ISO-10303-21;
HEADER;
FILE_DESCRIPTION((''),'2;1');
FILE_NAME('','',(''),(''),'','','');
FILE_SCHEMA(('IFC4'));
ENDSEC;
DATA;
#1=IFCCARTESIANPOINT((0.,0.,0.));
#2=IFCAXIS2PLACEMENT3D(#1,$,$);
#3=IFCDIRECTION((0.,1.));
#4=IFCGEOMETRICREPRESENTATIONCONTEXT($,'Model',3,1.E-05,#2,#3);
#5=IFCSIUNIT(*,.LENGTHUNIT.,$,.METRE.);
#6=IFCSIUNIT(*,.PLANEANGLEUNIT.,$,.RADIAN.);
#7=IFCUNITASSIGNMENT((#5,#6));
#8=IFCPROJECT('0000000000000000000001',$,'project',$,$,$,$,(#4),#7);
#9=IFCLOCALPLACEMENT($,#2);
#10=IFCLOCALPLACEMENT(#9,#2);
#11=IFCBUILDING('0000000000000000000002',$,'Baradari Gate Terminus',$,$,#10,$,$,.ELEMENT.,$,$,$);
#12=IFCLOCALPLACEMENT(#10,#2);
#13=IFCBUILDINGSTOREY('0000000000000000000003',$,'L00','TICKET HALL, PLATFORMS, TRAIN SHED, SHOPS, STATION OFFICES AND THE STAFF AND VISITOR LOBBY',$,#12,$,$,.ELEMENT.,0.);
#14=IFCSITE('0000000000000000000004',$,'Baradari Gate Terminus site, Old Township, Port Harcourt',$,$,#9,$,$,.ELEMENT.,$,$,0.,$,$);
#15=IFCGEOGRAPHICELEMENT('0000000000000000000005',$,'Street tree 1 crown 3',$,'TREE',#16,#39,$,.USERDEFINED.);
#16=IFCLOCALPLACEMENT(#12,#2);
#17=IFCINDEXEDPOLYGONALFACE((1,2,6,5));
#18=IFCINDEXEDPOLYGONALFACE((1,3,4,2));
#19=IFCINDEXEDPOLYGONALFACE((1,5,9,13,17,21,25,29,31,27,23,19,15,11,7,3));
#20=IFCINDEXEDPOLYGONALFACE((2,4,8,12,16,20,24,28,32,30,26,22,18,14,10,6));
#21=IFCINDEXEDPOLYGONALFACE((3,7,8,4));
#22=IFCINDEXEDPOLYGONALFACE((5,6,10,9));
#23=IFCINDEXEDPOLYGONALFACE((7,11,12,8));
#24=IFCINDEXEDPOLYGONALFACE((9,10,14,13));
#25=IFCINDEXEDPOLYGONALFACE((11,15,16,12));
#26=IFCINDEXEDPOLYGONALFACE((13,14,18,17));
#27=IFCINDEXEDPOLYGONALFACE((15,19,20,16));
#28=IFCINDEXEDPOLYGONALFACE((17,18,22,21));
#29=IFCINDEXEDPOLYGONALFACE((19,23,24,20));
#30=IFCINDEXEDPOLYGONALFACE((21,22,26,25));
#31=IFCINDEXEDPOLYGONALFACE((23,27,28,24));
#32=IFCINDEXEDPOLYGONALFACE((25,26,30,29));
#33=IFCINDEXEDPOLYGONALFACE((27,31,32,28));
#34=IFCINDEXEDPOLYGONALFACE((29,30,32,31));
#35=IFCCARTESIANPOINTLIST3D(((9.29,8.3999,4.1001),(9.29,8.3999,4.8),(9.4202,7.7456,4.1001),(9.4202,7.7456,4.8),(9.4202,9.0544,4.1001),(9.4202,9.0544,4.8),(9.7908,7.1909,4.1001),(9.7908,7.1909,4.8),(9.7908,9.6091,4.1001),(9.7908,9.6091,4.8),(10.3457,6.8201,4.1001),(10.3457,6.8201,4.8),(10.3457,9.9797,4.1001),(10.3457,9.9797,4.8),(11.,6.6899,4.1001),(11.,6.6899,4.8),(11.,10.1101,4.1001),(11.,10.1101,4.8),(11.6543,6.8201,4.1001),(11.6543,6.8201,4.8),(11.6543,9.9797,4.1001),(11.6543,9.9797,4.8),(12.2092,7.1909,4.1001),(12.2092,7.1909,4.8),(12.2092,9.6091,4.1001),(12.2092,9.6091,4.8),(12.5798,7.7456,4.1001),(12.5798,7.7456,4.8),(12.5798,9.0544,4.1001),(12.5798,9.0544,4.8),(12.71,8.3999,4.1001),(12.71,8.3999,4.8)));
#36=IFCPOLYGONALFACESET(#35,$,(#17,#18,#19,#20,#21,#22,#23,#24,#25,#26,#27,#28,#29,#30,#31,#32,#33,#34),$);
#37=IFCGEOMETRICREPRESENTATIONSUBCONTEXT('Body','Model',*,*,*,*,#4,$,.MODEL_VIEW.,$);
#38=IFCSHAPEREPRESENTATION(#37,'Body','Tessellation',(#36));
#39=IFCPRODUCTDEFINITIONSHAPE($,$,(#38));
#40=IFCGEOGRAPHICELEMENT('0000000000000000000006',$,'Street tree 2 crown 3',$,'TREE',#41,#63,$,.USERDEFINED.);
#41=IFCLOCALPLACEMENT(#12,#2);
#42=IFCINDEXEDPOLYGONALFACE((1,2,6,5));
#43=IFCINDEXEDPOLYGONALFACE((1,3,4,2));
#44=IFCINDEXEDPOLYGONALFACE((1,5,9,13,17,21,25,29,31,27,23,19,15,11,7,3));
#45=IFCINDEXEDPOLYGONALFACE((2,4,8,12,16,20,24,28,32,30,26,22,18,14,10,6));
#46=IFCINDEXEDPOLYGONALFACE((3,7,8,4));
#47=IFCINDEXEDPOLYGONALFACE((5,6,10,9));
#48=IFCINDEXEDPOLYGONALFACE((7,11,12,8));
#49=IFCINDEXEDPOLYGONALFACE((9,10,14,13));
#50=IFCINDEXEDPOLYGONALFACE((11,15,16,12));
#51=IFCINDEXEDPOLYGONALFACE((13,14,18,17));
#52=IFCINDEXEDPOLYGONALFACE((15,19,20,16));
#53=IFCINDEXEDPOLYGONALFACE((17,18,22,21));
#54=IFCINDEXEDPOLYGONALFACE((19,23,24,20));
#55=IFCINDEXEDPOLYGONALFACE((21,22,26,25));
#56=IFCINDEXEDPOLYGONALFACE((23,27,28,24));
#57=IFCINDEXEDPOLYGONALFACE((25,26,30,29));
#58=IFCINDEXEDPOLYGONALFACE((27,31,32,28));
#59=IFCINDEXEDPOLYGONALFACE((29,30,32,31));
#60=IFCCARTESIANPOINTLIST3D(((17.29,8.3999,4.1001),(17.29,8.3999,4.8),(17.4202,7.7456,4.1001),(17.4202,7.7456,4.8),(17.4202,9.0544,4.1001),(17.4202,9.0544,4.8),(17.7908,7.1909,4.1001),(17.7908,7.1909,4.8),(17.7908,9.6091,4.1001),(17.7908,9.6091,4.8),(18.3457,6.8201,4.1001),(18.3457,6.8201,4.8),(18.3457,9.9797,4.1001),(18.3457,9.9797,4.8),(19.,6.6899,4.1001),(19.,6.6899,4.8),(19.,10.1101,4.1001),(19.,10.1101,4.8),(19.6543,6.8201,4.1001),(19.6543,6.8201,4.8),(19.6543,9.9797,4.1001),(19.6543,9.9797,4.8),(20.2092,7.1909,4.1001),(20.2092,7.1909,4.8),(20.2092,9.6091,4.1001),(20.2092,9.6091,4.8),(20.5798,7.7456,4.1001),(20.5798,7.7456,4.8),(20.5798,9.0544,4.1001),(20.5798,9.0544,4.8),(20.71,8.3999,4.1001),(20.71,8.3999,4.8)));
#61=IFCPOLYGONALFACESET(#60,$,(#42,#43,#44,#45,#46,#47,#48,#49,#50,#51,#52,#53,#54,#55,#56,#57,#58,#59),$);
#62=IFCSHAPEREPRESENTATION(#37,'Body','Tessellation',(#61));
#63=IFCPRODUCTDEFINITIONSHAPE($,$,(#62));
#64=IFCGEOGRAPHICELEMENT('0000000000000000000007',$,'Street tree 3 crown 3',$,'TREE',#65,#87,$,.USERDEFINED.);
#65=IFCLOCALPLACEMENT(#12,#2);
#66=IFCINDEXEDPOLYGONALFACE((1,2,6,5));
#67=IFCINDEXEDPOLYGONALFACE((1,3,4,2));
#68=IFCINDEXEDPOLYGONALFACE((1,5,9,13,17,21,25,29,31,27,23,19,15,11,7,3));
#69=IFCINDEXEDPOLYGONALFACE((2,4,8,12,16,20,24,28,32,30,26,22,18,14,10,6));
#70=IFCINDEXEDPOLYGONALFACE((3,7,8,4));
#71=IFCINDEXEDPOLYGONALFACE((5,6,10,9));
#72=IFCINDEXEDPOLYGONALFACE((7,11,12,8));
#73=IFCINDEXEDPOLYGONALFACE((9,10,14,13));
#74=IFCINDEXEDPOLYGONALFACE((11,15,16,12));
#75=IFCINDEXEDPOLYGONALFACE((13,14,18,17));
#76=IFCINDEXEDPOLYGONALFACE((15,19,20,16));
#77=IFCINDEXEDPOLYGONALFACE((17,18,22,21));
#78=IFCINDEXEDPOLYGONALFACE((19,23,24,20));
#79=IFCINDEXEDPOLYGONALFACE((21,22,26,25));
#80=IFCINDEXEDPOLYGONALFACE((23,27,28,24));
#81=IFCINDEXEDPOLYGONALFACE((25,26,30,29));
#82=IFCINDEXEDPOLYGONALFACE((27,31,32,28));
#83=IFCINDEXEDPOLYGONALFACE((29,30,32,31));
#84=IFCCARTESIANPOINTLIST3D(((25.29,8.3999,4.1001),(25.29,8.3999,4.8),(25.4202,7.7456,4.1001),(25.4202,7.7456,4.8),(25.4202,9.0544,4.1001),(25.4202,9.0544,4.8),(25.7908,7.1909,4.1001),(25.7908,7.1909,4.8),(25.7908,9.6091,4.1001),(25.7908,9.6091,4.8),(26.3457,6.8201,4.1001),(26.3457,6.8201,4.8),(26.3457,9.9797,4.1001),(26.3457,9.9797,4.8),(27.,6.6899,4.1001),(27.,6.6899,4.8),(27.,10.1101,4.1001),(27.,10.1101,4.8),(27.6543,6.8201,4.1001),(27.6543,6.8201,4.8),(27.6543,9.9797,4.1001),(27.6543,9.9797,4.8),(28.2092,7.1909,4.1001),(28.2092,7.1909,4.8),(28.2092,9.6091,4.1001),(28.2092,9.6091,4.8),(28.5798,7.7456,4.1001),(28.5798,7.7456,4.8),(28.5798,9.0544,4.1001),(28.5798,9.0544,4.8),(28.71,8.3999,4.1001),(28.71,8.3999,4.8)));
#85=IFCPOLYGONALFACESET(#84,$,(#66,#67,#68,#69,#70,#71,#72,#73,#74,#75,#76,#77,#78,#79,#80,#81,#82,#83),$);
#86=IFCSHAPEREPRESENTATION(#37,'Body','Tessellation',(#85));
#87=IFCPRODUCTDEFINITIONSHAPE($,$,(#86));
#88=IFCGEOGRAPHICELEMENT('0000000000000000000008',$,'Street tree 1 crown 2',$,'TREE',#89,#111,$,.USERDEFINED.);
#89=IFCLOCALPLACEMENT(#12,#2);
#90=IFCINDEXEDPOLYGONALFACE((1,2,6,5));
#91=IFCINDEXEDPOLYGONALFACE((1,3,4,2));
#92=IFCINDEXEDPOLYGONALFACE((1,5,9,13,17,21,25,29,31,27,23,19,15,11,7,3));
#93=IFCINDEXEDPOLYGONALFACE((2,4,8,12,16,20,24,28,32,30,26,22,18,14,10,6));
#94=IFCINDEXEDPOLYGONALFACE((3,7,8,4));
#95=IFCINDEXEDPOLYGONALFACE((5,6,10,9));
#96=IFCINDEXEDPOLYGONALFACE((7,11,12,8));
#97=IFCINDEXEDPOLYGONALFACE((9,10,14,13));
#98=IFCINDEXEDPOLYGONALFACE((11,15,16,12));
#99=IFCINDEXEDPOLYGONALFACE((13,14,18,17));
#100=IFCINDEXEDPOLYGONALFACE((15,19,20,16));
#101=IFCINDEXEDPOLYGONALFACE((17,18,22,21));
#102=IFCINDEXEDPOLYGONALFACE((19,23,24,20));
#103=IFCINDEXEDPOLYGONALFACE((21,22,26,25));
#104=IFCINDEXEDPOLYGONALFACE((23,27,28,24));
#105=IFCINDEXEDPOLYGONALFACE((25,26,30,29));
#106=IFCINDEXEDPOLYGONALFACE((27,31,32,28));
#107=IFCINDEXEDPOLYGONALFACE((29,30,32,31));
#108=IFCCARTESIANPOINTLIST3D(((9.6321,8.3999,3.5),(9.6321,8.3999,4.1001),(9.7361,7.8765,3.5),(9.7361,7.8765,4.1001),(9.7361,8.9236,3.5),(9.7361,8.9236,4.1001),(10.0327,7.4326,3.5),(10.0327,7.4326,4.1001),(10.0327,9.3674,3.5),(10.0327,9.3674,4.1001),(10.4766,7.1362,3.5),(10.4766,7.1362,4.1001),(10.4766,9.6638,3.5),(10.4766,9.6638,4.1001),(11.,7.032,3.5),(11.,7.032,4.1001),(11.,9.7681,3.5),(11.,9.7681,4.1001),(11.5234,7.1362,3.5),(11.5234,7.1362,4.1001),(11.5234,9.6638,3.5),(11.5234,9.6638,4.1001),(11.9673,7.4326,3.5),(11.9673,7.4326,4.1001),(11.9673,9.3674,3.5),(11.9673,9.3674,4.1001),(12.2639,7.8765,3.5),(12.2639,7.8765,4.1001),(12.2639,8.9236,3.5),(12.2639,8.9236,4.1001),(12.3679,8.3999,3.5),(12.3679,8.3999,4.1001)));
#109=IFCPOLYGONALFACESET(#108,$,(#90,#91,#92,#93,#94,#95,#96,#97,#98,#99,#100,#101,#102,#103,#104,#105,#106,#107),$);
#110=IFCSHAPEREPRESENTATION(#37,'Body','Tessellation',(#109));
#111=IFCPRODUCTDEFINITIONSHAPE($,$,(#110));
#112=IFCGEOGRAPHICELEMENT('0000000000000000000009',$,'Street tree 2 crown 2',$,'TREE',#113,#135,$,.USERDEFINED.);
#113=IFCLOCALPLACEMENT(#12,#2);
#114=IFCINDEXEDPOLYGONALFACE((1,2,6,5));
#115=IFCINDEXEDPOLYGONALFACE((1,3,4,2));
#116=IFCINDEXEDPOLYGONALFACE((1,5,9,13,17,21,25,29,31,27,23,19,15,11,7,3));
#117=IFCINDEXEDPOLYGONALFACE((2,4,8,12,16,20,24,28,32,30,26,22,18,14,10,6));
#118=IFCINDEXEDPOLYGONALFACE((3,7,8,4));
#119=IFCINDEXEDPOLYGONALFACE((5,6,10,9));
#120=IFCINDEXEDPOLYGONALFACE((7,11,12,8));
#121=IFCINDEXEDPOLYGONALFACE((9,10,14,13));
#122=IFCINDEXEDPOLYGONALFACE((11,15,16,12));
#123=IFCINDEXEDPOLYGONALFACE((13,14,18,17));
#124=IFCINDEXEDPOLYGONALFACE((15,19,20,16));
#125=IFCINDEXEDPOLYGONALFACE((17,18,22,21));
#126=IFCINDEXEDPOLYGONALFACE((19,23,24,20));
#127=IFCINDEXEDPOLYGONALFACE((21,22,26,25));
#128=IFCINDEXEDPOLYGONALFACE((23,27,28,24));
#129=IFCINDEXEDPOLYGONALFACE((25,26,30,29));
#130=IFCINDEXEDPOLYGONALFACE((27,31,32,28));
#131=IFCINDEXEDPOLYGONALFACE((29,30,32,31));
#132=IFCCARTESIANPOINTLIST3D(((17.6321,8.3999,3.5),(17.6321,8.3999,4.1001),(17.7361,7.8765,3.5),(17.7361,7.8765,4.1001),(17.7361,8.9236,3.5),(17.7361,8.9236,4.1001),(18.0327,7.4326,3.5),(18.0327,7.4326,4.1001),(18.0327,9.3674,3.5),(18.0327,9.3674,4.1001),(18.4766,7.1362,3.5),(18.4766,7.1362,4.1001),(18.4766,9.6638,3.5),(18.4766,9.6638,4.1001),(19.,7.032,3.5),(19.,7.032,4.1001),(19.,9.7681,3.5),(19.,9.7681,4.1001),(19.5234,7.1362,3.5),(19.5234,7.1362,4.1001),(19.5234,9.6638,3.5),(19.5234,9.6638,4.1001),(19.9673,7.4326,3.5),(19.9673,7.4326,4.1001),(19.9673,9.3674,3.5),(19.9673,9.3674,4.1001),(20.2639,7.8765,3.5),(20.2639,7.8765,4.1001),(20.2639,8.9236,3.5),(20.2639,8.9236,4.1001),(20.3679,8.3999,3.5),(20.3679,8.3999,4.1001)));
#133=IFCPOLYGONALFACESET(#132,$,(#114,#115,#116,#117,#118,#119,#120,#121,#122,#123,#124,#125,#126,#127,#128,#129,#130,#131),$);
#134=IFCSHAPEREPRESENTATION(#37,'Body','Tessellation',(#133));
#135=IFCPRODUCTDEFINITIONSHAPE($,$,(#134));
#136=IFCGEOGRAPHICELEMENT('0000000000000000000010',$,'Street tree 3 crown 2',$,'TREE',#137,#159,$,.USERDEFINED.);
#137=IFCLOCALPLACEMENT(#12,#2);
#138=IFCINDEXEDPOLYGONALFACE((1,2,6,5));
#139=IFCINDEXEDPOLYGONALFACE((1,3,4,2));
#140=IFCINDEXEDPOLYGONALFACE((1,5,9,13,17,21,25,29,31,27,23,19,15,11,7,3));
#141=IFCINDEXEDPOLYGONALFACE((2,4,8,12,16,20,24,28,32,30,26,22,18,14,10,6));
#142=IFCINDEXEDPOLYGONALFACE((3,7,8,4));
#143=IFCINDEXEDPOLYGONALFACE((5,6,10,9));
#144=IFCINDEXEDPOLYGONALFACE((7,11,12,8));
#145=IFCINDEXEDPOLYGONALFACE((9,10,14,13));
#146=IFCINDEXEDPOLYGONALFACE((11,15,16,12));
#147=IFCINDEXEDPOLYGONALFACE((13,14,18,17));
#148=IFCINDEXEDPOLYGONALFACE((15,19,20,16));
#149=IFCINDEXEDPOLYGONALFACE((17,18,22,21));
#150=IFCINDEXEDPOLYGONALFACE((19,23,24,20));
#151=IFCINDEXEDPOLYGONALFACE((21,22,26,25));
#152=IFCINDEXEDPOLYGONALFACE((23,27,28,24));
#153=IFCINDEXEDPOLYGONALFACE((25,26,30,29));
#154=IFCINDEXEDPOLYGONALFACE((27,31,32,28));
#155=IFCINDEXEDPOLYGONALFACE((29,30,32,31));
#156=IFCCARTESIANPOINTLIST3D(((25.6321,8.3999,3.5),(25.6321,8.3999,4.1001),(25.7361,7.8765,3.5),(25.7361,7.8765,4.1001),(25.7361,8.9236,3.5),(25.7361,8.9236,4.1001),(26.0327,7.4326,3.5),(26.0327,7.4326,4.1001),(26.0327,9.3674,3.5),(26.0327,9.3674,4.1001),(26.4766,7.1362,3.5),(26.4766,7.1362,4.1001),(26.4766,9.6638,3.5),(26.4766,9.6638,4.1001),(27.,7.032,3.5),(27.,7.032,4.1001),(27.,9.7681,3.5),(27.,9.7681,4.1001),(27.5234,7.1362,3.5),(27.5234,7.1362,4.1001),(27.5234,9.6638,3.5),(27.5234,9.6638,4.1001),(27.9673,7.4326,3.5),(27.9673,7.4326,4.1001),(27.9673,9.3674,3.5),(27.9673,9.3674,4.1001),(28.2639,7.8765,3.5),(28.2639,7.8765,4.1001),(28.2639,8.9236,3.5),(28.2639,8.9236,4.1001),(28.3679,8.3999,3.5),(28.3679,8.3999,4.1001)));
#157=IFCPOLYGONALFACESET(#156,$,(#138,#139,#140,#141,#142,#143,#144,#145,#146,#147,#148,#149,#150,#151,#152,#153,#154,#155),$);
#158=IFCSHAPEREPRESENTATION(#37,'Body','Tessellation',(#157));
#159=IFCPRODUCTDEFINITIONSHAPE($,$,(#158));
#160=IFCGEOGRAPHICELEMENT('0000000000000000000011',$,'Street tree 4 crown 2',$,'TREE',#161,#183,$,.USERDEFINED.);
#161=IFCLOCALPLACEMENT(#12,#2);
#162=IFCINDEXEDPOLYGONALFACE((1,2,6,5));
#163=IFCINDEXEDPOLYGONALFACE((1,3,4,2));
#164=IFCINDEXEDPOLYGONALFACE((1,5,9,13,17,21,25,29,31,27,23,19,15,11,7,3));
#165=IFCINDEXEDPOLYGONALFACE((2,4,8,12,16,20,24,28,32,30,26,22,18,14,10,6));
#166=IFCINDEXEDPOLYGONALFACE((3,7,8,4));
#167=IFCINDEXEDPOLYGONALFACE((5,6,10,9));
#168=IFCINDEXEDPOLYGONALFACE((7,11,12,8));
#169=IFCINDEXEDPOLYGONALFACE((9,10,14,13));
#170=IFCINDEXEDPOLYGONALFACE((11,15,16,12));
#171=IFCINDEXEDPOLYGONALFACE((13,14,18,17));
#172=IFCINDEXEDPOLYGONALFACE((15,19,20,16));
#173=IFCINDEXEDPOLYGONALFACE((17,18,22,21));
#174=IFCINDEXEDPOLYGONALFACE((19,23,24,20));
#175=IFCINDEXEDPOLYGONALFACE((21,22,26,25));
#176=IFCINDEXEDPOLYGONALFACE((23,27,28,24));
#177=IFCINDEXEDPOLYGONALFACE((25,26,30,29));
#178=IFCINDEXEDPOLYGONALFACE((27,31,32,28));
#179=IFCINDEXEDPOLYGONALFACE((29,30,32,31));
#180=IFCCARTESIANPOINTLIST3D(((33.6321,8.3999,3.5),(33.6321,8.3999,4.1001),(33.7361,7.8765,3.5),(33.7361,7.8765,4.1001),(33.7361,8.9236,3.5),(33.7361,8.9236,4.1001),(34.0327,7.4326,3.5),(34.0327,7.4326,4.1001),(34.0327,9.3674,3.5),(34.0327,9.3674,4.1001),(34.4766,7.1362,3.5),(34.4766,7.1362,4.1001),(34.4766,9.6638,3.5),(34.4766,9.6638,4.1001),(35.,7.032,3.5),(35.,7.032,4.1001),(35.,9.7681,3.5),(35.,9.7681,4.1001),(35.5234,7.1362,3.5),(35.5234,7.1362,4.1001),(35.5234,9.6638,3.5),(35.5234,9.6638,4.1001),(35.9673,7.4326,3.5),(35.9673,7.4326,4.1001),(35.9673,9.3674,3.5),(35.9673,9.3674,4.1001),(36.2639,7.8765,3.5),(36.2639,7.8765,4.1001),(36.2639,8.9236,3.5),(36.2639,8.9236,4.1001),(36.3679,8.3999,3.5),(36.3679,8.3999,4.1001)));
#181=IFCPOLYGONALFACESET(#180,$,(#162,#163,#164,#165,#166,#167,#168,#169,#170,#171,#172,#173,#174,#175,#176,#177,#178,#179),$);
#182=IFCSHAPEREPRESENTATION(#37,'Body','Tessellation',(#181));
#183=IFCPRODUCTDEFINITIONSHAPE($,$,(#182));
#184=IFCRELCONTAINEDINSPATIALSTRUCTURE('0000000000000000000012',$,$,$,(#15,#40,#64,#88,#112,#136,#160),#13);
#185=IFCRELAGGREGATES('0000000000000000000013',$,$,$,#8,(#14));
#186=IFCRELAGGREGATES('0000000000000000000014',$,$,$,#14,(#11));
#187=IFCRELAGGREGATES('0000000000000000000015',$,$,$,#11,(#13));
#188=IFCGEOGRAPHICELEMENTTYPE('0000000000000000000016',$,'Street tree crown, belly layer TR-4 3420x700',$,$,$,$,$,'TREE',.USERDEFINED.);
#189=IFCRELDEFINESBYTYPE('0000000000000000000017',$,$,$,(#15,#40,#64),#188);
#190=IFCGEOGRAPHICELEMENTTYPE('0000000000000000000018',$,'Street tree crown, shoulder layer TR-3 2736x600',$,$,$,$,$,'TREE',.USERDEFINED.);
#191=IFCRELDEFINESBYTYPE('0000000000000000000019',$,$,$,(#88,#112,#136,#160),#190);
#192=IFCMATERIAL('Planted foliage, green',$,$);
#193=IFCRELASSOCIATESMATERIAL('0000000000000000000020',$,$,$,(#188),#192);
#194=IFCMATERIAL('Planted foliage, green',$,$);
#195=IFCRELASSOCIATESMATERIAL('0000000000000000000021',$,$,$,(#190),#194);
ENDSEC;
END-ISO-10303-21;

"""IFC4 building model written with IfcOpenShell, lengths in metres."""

from ifc_helpers import new_model, si_unit, direction, frame, origin, place, context, subcontext, project, spatial, polyline, outline, extrude, material, type_object, element, save


model = new_model("IFC4")

# Units and contexts
model_context = context("Model", 3, precision=1e-05, world=origin(), true_north=direction((0.0, 1.0)))
body_context = subcontext(model_context, "Body", "Model", "MODEL_VIEW")
ifc_project = project(units=[si_unit("LENGTHUNIT", "METRE"), si_unit("PLANEANGLEUNIT", "RADIAN")], contexts=[model_context])

# Site, building, storey
site_placement = place(None, origin())
site = spatial("IfcSite", under=ifc_project, at=site_placement, Name="Baradari Gate Terminus site, Old Township, Port Harcourt", CompositionType="ELEMENT", RefElevation=0.0)
building_placement = place(site_placement, origin())
building = spatial("IfcBuilding", under=site, at=building_placement, Name="Baradari Gate Terminus", CompositionType="ELEMENT")
storey_placement = place(building_placement, origin())
storey = spatial("IfcBuildingStorey", under=building, at=storey_placement, Name="L00", Description="TICKET HALL, PLATFORMS, TRAIN SHED, SHOPS, STATION OFFICES AND THE STAFF AND VISITOR LOBBY", CompositionType="ELEMENT", Elevation=0.0)

# Geographic elements
ifc_material_1 = material(Name="Planted foliage, green")
geographic_element_type_1 = type_object("IfcGeographicElementType", Name="Street tree crown, belly layer TR-4 3420x700", ElementType="TREE", PredefinedType="USERDEFINED", material=ifc_material_1)
geographic_element_1_placement = place(storey_placement, frame((0.0, 0.0, 4.1001)))
element("IfcGeographicElement", 1, at=geographic_element_1_placement, inside=storey, type_object=geographic_element_type_1, Name="Street tree 1 crown 3", ObjectType="TREE", PredefinedType="USERDEFINED", context=body_context, shape_type="SweptSolid", body=[
    extrude(outline(polyline([(12.71, 8.3999), (12.5798, 9.0544), (12.2092, 9.6091), (11.6543, 9.9797), (11.0, 10.1101), (10.3457, 9.9797), (9.7908, 9.6091), (9.4202, 9.0544), (9.29, 8.3999), (9.4202, 7.7456), (9.7908, 7.1909), (10.3457, 6.8201), (11.0, 6.6899), (11.6543, 6.8201), (12.2092, 7.1909), (12.5798, 7.7456), (12.71, 8.3999)])), origin(), (0.0, 0.0, 1.0), 0.7),
])
geographic_element_2_placement = place(storey_placement, frame((0.0, 0.0, 4.1001)))
element("IfcGeographicElement", 2, at=geographic_element_2_placement, inside=storey, type_object=geographic_element_type_1, Name="Street tree 2 crown 3", ObjectType="TREE", PredefinedType="USERDEFINED", context=body_context, shape_type="SweptSolid", body=[
    extrude(outline(polyline([(20.71, 8.3999), (20.5798, 9.0544), (20.2092, 9.6091), (19.6543, 9.9797), (19.0, 10.1101), (18.3457, 9.9797), (17.7908, 9.6091), (17.4202, 9.0544), (17.29, 8.3999), (17.4202, 7.7456), (17.7908, 7.1909), (18.3457, 6.8201), (19.0, 6.6899), (19.6543, 6.8201), (20.2092, 7.1909), (20.5798, 7.7456), (20.71, 8.3999)])), origin(), (0.0, 0.0, 1.0), 0.7),
])
geographic_element_3_placement = place(storey_placement, frame((0.0, 0.0, 4.1001)))
element("IfcGeographicElement", 3, at=geographic_element_3_placement, inside=storey, type_object=geographic_element_type_1, Name="Street tree 3 crown 3", ObjectType="TREE", PredefinedType="USERDEFINED", context=body_context, shape_type="SweptSolid", body=[
    extrude(outline(polyline([(28.71, 8.3999), (28.5798, 9.0544), (28.2092, 9.6091), (27.6543, 9.9797), (27.0, 10.1101), (26.3457, 9.9797), (25.7908, 9.6091), (25.4202, 9.0544), (25.29, 8.3999), (25.4202, 7.7456), (25.7908, 7.1909), (26.3457, 6.8201), (27.0, 6.6899), (27.6543, 6.8201), (28.2092, 7.1909), (28.5798, 7.7456), (28.71, 8.3999)])), origin(), (0.0, 0.0, 1.0), 0.7),
])
ifc_material_2 = material(Name="Planted foliage, green")
geographic_element_type_2 = type_object("IfcGeographicElementType", Name="Street tree crown, shoulder layer TR-3 2736x600", ElementType="TREE", PredefinedType="USERDEFINED", material=ifc_material_2)
geographic_element_4_placement = place(storey_placement, frame((0.0, 0.0, 3.5)))
element("IfcGeographicElement", 4, at=geographic_element_4_placement, inside=storey, type_object=geographic_element_type_2, Name="Street tree 1 crown 2", ObjectType="TREE", PredefinedType="USERDEFINED", context=body_context, shape_type="SweptSolid", body=[
    extrude(outline(polyline([(12.3679, 8.3999), (12.2639, 8.9236), (11.9673, 9.3674), (11.5234, 9.6638), (11.0, 9.7681), (10.4766, 9.6638), (10.0327, 9.3674), (9.7361, 8.9236), (9.6321, 8.3999), (9.7361, 7.8765), (10.0327, 7.4326), (10.4766, 7.1362), (11.0, 7.032), (11.5234, 7.1362), (11.9673, 7.4326), (12.2639, 7.8765), (12.3679, 8.3999)])), origin(), (0.0, 0.0, 1.0), 0.6001),
])
geographic_element_5_placement = place(storey_placement, frame((0.0, 0.0, 3.5)))
element("IfcGeographicElement", 5, at=geographic_element_5_placement, inside=storey, type_object=geographic_element_type_2, Name="Street tree 2 crown 2", ObjectType="TREE", PredefinedType="USERDEFINED", context=body_context, shape_type="SweptSolid", body=[
    extrude(outline(polyline([(20.3679, 8.3999), (20.2639, 8.9236), (19.9673, 9.3674), (19.5234, 9.6638), (19.0, 9.7681), (18.4766, 9.6638), (18.0327, 9.3674), (17.7361, 8.9236), (17.6321, 8.3999), (17.7361, 7.8765), (18.0327, 7.4326), (18.4766, 7.1362), (19.0, 7.032), (19.5234, 7.1362), (19.9673, 7.4326), (20.2639, 7.8765), (20.3679, 8.3999)])), origin(), (0.0, 0.0, 1.0), 0.6001),
])
geographic_element_6_placement = place(storey_placement, frame((0.0, 0.0, 3.5)))
element("IfcGeographicElement", 6, at=geographic_element_6_placement, inside=storey, type_object=geographic_element_type_2, Name="Street tree 3 crown 2", ObjectType="TREE", PredefinedType="USERDEFINED", context=body_context, shape_type="SweptSolid", body=[
    extrude(outline(polyline([(28.3679, 8.3999), (28.2639, 8.9236), (27.9673, 9.3674), (27.5234, 9.6638), (27.0, 9.7681), (26.4766, 9.6638), (26.0327, 9.3674), (25.7361, 8.9236), (25.6321, 8.3999), (25.7361, 7.8765), (26.0327, 7.4326), (26.4766, 7.1362), (27.0, 7.032), (27.5234, 7.1362), (27.9673, 7.4326), (28.2639, 7.8765), (28.3679, 8.3999)])), origin(), (0.0, 0.0, 1.0), 0.6001),
])
geographic_element_7_placement = place(storey_placement, frame((0.0, 0.0, 3.5)))
element("IfcGeographicElement", 7, at=geographic_element_7_placement, inside=storey, type_object=geographic_element_type_2, Name="Street tree 4 crown 2", ObjectType="TREE", PredefinedType="USERDEFINED", context=body_context, shape_type="SweptSolid", body=[
    extrude(outline(polyline([(36.3679, 8.3999), (36.2639, 8.9236), (35.9673, 9.3674), (35.5234, 9.6638), (35.0, 9.7681), (34.4766, 9.6638), (34.0327, 9.3674), (33.7361, 8.9236), (33.6321, 8.3999), (33.7361, 7.8765), (34.0327, 7.4326), (34.4766, 7.1362), (35.0, 7.032), (35.5234, 7.1362), (35.9673, 7.4326), (36.2639, 7.8765), (36.3679, 8.3999)])), origin(), (0.0, 0.0, 1.0), 0.6001),
])

save(model, "model.ifc")
